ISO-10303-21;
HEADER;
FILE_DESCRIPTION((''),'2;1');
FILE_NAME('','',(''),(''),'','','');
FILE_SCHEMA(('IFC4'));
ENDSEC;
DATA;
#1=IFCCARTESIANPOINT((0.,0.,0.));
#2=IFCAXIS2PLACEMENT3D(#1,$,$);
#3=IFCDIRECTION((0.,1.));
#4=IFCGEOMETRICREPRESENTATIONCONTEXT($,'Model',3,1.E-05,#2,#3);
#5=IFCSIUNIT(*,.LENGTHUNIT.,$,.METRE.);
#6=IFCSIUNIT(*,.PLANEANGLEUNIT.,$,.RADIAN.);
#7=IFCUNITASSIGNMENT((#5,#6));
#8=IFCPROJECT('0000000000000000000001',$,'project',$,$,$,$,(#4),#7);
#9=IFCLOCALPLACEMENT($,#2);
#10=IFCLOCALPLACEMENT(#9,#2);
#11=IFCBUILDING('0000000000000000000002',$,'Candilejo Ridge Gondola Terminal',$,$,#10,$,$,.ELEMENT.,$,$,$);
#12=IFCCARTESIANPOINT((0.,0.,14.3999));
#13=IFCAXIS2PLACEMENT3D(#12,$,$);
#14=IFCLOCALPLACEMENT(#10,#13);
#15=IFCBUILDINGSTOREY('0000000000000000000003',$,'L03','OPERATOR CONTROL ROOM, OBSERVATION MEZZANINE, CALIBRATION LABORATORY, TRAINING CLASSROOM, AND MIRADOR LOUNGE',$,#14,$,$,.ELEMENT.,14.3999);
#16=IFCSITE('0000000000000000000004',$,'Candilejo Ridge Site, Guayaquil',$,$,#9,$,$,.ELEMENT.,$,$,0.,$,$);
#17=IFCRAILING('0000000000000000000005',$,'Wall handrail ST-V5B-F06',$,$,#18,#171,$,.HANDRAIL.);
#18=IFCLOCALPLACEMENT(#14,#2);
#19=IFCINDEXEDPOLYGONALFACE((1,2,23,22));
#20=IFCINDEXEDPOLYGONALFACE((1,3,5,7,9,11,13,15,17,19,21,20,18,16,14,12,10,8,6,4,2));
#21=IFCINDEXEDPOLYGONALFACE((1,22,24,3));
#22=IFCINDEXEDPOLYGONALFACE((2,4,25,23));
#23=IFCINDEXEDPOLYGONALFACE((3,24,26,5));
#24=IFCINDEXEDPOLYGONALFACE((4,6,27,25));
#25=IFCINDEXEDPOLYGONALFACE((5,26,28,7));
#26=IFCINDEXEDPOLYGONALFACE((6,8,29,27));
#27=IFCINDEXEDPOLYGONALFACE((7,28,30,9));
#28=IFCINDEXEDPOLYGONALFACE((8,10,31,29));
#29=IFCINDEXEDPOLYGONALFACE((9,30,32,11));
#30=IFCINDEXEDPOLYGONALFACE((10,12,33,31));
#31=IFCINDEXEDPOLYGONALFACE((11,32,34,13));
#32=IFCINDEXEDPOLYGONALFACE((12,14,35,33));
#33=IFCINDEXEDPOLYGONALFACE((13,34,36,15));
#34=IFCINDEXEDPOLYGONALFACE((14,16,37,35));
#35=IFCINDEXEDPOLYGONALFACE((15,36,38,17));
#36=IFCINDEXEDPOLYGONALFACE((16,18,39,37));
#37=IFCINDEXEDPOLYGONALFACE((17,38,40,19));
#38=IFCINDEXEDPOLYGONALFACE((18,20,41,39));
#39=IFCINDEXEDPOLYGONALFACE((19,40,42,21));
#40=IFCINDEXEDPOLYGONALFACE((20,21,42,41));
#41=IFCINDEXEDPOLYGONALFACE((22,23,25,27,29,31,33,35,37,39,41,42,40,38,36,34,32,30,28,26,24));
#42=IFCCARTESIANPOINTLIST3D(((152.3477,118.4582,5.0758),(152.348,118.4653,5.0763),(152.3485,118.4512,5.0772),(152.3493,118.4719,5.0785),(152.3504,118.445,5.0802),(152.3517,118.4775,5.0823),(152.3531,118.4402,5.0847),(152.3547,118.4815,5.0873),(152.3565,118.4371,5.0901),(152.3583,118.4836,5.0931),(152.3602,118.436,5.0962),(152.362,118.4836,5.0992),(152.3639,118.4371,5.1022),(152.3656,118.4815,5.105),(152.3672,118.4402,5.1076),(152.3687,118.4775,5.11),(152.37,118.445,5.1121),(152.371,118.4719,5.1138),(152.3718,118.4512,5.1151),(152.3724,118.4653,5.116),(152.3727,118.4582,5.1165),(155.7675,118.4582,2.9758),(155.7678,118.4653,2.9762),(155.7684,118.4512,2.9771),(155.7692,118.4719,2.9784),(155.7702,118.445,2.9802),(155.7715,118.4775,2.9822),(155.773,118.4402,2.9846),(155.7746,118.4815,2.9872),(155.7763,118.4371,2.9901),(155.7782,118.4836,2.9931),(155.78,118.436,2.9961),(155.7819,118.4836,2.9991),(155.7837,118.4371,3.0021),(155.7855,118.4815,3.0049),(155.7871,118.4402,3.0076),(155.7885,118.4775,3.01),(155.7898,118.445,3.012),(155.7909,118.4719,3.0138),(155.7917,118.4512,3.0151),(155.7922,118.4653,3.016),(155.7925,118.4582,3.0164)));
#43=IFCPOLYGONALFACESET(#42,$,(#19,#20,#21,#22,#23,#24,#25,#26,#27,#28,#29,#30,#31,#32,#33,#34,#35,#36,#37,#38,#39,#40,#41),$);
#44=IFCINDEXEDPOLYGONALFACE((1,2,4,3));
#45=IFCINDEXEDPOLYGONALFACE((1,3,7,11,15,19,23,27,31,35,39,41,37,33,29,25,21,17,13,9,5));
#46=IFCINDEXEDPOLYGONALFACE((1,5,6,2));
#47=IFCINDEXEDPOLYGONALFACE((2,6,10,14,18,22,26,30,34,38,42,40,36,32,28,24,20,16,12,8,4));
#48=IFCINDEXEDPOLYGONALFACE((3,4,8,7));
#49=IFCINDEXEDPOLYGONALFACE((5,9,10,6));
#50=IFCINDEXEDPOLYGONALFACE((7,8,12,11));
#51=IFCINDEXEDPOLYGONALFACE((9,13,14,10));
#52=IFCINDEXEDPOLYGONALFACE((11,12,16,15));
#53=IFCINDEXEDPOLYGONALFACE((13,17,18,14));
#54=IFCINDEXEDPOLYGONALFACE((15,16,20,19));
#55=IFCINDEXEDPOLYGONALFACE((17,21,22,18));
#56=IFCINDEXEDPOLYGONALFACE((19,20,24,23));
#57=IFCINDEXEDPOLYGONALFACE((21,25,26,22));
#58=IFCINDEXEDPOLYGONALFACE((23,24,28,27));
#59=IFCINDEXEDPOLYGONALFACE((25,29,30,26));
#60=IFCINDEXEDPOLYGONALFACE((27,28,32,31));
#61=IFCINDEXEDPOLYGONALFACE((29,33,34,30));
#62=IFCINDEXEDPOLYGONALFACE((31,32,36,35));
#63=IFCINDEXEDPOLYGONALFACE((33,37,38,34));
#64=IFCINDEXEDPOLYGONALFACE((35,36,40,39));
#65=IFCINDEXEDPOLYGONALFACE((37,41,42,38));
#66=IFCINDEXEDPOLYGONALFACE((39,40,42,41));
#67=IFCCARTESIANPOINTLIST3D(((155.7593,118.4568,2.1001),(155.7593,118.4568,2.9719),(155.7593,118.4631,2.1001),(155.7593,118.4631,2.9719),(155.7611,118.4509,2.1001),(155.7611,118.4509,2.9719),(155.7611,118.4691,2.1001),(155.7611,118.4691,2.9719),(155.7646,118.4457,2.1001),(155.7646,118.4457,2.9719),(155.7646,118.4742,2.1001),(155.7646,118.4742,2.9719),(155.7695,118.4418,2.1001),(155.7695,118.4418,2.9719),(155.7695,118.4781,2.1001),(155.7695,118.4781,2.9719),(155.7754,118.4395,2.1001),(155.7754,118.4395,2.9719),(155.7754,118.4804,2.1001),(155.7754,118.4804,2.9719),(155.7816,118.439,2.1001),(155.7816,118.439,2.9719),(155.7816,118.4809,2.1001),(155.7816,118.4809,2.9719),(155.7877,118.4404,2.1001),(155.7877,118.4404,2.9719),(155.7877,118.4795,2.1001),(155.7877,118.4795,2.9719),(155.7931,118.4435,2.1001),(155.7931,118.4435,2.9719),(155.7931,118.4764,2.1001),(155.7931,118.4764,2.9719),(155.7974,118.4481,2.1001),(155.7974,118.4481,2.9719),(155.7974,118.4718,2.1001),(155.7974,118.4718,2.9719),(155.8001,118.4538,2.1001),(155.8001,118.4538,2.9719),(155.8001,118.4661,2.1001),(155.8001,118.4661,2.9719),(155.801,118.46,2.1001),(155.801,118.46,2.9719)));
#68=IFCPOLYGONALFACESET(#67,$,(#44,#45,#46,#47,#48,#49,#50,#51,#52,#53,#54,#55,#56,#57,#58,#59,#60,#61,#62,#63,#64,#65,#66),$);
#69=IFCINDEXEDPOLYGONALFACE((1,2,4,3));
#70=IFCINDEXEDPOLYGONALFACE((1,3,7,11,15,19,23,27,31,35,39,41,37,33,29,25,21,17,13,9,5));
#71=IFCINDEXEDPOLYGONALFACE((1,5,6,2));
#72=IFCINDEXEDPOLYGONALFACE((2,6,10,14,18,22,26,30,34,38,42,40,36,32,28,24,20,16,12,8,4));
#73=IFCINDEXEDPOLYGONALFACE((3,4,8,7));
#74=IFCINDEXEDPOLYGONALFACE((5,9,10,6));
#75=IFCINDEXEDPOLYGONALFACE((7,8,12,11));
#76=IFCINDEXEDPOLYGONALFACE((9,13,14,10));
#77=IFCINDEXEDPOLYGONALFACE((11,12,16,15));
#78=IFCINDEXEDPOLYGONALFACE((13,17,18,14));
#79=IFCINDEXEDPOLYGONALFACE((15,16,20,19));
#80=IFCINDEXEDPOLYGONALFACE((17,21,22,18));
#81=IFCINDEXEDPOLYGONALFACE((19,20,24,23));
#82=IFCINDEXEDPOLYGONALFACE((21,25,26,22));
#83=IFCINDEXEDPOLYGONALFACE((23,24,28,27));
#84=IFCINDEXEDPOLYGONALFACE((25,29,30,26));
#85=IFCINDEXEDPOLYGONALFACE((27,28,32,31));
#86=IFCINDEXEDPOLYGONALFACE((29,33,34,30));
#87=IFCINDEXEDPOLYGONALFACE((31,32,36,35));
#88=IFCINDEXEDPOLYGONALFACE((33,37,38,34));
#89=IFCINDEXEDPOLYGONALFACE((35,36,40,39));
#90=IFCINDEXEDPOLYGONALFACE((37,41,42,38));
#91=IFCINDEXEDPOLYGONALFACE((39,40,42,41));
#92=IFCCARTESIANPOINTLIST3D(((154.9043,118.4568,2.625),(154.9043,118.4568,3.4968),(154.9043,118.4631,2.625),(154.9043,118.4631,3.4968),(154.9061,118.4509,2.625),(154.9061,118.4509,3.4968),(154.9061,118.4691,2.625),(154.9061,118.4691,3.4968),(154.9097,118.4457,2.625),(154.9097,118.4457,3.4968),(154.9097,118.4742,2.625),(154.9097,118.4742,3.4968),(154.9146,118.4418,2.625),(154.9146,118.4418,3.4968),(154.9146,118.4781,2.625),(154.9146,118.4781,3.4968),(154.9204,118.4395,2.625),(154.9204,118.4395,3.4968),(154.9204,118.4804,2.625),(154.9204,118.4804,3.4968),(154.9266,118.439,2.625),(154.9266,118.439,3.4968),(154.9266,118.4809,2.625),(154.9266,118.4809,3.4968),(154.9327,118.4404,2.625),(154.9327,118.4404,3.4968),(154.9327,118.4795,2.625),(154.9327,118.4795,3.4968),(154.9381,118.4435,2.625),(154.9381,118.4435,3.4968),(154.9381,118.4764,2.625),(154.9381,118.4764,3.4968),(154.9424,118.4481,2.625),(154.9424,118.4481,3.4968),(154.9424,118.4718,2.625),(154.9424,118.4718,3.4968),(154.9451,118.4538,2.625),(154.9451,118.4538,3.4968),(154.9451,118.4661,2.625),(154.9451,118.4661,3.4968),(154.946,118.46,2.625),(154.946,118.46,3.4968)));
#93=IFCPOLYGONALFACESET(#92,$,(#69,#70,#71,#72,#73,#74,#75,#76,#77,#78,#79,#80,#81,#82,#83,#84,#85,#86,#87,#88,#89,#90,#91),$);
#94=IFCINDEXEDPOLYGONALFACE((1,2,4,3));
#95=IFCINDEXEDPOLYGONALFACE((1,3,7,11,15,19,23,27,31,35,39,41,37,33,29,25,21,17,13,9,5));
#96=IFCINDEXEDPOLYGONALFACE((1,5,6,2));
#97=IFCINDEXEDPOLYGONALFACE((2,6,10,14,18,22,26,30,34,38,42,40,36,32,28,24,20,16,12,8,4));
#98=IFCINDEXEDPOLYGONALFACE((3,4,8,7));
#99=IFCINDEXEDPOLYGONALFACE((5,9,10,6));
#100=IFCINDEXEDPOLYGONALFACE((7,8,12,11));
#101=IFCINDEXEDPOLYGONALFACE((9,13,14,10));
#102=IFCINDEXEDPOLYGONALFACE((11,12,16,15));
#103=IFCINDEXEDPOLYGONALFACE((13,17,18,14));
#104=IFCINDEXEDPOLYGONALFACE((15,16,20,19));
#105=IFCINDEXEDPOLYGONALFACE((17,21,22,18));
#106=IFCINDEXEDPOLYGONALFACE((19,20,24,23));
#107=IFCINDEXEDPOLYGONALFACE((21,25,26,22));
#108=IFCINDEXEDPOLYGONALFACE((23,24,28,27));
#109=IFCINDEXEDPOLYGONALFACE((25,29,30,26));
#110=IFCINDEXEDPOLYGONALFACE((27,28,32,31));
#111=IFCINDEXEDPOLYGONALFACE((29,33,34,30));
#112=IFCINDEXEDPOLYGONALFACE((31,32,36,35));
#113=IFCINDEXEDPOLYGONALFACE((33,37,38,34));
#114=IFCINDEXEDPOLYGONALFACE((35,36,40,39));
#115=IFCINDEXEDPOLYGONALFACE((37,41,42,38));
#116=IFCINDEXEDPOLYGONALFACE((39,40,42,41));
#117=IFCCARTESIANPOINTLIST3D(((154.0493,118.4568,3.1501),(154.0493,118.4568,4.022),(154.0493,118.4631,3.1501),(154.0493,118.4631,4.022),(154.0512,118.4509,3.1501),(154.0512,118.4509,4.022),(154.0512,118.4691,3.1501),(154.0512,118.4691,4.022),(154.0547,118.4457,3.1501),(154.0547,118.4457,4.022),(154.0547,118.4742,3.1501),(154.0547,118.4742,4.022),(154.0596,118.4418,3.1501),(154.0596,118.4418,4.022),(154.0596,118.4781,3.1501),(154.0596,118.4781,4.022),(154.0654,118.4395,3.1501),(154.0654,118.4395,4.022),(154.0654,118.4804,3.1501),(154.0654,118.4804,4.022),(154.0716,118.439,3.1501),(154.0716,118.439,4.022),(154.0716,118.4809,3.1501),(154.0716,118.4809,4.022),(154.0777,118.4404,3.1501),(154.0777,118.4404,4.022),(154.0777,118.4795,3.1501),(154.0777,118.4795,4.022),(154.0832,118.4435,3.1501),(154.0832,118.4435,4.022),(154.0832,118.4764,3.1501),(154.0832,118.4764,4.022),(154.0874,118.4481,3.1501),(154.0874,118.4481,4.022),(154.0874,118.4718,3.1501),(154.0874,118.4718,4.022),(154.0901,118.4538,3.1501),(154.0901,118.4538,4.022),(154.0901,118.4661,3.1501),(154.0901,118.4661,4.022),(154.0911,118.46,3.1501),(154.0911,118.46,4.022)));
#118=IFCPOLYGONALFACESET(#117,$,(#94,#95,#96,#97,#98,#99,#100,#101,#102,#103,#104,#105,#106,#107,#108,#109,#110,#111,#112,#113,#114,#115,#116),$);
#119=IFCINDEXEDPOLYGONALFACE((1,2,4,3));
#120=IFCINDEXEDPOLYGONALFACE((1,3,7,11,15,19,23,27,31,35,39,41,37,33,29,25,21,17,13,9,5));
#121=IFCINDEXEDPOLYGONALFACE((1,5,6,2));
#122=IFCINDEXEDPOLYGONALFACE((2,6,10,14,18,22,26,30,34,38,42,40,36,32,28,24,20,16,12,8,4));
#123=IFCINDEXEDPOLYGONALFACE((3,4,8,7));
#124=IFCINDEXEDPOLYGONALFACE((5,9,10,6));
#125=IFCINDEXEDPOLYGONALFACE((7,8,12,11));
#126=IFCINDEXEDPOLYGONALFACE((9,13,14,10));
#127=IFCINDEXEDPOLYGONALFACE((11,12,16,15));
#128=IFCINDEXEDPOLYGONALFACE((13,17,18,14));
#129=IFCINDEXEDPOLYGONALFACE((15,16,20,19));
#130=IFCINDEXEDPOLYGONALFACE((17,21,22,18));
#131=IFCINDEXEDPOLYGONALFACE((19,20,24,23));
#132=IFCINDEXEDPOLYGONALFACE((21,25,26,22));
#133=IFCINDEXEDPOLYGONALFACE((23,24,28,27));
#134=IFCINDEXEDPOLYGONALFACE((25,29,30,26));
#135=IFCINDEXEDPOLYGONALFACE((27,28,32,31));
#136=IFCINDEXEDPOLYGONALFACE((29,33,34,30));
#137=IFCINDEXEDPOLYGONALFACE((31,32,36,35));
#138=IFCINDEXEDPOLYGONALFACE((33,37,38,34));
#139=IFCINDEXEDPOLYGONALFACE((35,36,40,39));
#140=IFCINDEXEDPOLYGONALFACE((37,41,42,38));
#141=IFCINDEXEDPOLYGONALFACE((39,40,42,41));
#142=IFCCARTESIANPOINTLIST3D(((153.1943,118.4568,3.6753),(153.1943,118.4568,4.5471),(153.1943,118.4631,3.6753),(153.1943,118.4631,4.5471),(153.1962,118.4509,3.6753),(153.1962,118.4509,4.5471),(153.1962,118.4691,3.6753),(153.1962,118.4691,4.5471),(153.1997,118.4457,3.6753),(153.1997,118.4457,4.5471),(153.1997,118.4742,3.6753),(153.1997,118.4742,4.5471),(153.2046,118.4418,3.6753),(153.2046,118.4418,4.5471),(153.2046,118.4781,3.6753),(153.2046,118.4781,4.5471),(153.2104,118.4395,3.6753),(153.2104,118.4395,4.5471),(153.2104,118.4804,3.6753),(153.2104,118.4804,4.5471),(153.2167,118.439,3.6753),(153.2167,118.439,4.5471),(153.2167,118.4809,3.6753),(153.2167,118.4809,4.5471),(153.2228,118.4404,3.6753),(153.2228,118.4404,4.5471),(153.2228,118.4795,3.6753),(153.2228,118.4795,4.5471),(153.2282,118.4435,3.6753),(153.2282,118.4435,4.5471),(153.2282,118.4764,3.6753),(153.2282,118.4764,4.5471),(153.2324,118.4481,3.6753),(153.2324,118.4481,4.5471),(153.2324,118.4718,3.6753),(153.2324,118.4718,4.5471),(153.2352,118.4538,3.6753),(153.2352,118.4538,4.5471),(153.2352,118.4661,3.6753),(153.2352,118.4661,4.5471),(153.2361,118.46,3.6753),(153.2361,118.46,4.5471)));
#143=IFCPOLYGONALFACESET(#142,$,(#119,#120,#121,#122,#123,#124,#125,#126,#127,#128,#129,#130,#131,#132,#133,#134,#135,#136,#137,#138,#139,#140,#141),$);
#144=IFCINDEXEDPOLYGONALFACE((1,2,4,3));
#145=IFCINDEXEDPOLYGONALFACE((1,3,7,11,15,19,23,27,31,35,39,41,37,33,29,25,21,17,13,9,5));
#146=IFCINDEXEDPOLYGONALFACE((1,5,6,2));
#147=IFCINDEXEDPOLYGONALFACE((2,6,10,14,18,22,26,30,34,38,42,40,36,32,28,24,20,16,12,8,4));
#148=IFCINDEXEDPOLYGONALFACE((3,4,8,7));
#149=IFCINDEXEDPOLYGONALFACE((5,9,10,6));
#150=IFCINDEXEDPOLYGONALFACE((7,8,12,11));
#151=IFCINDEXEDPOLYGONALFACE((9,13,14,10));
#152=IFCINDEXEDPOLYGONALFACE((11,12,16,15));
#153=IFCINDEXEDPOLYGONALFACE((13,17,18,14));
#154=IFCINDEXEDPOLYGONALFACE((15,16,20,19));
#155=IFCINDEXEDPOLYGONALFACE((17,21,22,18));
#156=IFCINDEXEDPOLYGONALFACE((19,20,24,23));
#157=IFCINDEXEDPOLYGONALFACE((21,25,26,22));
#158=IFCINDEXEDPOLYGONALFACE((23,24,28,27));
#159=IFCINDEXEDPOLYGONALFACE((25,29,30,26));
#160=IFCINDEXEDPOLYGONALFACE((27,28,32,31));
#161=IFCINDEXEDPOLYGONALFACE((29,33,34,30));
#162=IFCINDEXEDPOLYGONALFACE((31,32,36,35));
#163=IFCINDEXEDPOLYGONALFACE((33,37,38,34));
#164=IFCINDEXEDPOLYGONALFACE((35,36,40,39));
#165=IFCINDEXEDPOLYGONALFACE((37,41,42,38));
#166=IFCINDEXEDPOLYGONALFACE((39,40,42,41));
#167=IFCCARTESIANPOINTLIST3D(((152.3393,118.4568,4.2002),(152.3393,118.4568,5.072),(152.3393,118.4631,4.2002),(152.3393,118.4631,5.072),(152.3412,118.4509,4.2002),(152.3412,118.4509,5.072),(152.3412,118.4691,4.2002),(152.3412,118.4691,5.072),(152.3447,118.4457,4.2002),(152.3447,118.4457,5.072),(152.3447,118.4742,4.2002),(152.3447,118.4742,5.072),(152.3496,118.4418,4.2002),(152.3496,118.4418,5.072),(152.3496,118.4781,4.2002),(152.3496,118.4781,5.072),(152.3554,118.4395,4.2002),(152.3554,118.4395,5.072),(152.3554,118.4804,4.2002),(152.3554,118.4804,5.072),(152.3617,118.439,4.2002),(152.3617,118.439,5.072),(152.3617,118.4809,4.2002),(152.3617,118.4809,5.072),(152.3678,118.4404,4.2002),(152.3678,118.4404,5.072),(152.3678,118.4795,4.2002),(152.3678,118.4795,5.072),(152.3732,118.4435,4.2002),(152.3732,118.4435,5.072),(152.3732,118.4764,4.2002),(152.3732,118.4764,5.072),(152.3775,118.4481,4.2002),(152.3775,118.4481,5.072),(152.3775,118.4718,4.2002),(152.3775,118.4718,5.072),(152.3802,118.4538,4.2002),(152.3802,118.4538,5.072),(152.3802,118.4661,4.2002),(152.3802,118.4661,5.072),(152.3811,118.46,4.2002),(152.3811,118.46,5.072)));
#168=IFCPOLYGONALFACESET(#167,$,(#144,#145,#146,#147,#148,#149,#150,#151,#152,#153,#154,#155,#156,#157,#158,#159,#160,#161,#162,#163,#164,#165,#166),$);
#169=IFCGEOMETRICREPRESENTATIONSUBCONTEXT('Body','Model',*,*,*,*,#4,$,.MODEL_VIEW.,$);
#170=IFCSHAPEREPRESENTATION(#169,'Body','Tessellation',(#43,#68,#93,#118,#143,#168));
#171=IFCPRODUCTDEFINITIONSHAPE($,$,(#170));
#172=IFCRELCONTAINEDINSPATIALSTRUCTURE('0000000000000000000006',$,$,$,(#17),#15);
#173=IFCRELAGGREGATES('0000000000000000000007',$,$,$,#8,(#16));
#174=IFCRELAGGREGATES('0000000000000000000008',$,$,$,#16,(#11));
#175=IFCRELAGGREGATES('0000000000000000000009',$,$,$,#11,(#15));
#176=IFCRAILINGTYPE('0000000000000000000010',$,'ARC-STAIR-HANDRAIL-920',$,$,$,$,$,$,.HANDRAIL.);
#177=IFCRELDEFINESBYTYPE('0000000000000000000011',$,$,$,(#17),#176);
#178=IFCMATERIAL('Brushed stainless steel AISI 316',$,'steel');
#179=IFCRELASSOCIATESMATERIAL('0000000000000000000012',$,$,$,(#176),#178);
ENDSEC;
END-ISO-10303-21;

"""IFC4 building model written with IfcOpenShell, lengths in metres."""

from ifc_helpers import new_model, si_unit, direction, frame, origin, origin_2d, place, context, subcontext, project, spatial, circle, extrude, material, type_object, element, save


model = new_model("IFC4")

# Units and contexts
model_context = context("Model", 3, precision=1e-05, world=origin(), true_north=direction((0.0, 1.0)))
body_context = subcontext(model_context, "Body", "Model", "MODEL_VIEW")
ifc_project = project(units=[si_unit("LENGTHUNIT", "METRE"), si_unit("PLANEANGLEUNIT", "RADIAN")], contexts=[model_context])

# Site, building, storey
site_placement = place(None, origin())
site = spatial("IfcSite", under=ifc_project, at=site_placement, Name="Candilejo Ridge Site, Guayaquil", CompositionType="ELEMENT", RefElevation=0.0)
building_placement = place(site_placement, origin())
building = spatial("IfcBuilding", under=site, at=building_placement, Name="Candilejo Ridge Gondola Terminal", CompositionType="ELEMENT")
storey_placement = place(building_placement, frame((0.0, 0.0, 14.3999)))
storey = spatial("IfcBuildingStorey", under=building, at=storey_placement, Name="L03", Description="OPERATOR CONTROL ROOM, OBSERVATION MEZZANINE, CALIBRATION LABORATORY, TRAINING CLASSROOM, AND MIRADOR LOUNGE", CompositionType="ELEMENT", Elevation=14.3999)

# Railing
ifc_material_1 = material(Name="Brushed stainless steel AISI 316", Category="steel")
railing_type = type_object("IfcRailingType", Name="ARC-STAIR-HANDRAIL-920", PredefinedType="HANDRAIL", material=ifc_material_1)
railing_placement = place(storey_placement, frame((155.78, 118.46, 2.1001)))
element("IfcRailing", 1, at=railing_placement, inside=storey, type_object=railing_type, Name="Wall handrail ST-V5B-F06", PredefinedType="HANDRAIL", context=body_context, shape_type="SweptSolid", body=[
    extrude(circle(Radius=0.0239, at=origin_2d()), frame((0.0, 0.0, 0.896), z_axis=(-0.852155, 0.0, 0.523289), x_axis=(0.0, -1.0, 0.0)), (0.0, 0.0, 1.0), 4.0132),
    extrude(circle(Radius=0.021, at=origin_2d()), origin(), (0.0, 0.0, 1.0), 0.8718),
    extrude(circle(Radius=0.021, at=origin_2d()), frame((-0.855, 0.0, 0.5249)), (0.0, 0.0, 1.0), 0.8718),
    extrude(circle(Radius=0.021, at=origin_2d()), frame((-1.71, 0.0, 1.05)), (0.0, 0.0, 1.0), 0.8718),
    extrude(circle(Radius=0.021, at=origin_2d()), frame((-2.5649, 0.0, 1.5752)), (0.0, 0.0, 1.0), 0.8718),
    extrude(circle(Radius=0.021, at=origin_2d()), frame((-3.4199, 0.0, 2.1001)), (0.0, 0.0, 1.0), 0.8718),
])

save(model, "model.ifc")
